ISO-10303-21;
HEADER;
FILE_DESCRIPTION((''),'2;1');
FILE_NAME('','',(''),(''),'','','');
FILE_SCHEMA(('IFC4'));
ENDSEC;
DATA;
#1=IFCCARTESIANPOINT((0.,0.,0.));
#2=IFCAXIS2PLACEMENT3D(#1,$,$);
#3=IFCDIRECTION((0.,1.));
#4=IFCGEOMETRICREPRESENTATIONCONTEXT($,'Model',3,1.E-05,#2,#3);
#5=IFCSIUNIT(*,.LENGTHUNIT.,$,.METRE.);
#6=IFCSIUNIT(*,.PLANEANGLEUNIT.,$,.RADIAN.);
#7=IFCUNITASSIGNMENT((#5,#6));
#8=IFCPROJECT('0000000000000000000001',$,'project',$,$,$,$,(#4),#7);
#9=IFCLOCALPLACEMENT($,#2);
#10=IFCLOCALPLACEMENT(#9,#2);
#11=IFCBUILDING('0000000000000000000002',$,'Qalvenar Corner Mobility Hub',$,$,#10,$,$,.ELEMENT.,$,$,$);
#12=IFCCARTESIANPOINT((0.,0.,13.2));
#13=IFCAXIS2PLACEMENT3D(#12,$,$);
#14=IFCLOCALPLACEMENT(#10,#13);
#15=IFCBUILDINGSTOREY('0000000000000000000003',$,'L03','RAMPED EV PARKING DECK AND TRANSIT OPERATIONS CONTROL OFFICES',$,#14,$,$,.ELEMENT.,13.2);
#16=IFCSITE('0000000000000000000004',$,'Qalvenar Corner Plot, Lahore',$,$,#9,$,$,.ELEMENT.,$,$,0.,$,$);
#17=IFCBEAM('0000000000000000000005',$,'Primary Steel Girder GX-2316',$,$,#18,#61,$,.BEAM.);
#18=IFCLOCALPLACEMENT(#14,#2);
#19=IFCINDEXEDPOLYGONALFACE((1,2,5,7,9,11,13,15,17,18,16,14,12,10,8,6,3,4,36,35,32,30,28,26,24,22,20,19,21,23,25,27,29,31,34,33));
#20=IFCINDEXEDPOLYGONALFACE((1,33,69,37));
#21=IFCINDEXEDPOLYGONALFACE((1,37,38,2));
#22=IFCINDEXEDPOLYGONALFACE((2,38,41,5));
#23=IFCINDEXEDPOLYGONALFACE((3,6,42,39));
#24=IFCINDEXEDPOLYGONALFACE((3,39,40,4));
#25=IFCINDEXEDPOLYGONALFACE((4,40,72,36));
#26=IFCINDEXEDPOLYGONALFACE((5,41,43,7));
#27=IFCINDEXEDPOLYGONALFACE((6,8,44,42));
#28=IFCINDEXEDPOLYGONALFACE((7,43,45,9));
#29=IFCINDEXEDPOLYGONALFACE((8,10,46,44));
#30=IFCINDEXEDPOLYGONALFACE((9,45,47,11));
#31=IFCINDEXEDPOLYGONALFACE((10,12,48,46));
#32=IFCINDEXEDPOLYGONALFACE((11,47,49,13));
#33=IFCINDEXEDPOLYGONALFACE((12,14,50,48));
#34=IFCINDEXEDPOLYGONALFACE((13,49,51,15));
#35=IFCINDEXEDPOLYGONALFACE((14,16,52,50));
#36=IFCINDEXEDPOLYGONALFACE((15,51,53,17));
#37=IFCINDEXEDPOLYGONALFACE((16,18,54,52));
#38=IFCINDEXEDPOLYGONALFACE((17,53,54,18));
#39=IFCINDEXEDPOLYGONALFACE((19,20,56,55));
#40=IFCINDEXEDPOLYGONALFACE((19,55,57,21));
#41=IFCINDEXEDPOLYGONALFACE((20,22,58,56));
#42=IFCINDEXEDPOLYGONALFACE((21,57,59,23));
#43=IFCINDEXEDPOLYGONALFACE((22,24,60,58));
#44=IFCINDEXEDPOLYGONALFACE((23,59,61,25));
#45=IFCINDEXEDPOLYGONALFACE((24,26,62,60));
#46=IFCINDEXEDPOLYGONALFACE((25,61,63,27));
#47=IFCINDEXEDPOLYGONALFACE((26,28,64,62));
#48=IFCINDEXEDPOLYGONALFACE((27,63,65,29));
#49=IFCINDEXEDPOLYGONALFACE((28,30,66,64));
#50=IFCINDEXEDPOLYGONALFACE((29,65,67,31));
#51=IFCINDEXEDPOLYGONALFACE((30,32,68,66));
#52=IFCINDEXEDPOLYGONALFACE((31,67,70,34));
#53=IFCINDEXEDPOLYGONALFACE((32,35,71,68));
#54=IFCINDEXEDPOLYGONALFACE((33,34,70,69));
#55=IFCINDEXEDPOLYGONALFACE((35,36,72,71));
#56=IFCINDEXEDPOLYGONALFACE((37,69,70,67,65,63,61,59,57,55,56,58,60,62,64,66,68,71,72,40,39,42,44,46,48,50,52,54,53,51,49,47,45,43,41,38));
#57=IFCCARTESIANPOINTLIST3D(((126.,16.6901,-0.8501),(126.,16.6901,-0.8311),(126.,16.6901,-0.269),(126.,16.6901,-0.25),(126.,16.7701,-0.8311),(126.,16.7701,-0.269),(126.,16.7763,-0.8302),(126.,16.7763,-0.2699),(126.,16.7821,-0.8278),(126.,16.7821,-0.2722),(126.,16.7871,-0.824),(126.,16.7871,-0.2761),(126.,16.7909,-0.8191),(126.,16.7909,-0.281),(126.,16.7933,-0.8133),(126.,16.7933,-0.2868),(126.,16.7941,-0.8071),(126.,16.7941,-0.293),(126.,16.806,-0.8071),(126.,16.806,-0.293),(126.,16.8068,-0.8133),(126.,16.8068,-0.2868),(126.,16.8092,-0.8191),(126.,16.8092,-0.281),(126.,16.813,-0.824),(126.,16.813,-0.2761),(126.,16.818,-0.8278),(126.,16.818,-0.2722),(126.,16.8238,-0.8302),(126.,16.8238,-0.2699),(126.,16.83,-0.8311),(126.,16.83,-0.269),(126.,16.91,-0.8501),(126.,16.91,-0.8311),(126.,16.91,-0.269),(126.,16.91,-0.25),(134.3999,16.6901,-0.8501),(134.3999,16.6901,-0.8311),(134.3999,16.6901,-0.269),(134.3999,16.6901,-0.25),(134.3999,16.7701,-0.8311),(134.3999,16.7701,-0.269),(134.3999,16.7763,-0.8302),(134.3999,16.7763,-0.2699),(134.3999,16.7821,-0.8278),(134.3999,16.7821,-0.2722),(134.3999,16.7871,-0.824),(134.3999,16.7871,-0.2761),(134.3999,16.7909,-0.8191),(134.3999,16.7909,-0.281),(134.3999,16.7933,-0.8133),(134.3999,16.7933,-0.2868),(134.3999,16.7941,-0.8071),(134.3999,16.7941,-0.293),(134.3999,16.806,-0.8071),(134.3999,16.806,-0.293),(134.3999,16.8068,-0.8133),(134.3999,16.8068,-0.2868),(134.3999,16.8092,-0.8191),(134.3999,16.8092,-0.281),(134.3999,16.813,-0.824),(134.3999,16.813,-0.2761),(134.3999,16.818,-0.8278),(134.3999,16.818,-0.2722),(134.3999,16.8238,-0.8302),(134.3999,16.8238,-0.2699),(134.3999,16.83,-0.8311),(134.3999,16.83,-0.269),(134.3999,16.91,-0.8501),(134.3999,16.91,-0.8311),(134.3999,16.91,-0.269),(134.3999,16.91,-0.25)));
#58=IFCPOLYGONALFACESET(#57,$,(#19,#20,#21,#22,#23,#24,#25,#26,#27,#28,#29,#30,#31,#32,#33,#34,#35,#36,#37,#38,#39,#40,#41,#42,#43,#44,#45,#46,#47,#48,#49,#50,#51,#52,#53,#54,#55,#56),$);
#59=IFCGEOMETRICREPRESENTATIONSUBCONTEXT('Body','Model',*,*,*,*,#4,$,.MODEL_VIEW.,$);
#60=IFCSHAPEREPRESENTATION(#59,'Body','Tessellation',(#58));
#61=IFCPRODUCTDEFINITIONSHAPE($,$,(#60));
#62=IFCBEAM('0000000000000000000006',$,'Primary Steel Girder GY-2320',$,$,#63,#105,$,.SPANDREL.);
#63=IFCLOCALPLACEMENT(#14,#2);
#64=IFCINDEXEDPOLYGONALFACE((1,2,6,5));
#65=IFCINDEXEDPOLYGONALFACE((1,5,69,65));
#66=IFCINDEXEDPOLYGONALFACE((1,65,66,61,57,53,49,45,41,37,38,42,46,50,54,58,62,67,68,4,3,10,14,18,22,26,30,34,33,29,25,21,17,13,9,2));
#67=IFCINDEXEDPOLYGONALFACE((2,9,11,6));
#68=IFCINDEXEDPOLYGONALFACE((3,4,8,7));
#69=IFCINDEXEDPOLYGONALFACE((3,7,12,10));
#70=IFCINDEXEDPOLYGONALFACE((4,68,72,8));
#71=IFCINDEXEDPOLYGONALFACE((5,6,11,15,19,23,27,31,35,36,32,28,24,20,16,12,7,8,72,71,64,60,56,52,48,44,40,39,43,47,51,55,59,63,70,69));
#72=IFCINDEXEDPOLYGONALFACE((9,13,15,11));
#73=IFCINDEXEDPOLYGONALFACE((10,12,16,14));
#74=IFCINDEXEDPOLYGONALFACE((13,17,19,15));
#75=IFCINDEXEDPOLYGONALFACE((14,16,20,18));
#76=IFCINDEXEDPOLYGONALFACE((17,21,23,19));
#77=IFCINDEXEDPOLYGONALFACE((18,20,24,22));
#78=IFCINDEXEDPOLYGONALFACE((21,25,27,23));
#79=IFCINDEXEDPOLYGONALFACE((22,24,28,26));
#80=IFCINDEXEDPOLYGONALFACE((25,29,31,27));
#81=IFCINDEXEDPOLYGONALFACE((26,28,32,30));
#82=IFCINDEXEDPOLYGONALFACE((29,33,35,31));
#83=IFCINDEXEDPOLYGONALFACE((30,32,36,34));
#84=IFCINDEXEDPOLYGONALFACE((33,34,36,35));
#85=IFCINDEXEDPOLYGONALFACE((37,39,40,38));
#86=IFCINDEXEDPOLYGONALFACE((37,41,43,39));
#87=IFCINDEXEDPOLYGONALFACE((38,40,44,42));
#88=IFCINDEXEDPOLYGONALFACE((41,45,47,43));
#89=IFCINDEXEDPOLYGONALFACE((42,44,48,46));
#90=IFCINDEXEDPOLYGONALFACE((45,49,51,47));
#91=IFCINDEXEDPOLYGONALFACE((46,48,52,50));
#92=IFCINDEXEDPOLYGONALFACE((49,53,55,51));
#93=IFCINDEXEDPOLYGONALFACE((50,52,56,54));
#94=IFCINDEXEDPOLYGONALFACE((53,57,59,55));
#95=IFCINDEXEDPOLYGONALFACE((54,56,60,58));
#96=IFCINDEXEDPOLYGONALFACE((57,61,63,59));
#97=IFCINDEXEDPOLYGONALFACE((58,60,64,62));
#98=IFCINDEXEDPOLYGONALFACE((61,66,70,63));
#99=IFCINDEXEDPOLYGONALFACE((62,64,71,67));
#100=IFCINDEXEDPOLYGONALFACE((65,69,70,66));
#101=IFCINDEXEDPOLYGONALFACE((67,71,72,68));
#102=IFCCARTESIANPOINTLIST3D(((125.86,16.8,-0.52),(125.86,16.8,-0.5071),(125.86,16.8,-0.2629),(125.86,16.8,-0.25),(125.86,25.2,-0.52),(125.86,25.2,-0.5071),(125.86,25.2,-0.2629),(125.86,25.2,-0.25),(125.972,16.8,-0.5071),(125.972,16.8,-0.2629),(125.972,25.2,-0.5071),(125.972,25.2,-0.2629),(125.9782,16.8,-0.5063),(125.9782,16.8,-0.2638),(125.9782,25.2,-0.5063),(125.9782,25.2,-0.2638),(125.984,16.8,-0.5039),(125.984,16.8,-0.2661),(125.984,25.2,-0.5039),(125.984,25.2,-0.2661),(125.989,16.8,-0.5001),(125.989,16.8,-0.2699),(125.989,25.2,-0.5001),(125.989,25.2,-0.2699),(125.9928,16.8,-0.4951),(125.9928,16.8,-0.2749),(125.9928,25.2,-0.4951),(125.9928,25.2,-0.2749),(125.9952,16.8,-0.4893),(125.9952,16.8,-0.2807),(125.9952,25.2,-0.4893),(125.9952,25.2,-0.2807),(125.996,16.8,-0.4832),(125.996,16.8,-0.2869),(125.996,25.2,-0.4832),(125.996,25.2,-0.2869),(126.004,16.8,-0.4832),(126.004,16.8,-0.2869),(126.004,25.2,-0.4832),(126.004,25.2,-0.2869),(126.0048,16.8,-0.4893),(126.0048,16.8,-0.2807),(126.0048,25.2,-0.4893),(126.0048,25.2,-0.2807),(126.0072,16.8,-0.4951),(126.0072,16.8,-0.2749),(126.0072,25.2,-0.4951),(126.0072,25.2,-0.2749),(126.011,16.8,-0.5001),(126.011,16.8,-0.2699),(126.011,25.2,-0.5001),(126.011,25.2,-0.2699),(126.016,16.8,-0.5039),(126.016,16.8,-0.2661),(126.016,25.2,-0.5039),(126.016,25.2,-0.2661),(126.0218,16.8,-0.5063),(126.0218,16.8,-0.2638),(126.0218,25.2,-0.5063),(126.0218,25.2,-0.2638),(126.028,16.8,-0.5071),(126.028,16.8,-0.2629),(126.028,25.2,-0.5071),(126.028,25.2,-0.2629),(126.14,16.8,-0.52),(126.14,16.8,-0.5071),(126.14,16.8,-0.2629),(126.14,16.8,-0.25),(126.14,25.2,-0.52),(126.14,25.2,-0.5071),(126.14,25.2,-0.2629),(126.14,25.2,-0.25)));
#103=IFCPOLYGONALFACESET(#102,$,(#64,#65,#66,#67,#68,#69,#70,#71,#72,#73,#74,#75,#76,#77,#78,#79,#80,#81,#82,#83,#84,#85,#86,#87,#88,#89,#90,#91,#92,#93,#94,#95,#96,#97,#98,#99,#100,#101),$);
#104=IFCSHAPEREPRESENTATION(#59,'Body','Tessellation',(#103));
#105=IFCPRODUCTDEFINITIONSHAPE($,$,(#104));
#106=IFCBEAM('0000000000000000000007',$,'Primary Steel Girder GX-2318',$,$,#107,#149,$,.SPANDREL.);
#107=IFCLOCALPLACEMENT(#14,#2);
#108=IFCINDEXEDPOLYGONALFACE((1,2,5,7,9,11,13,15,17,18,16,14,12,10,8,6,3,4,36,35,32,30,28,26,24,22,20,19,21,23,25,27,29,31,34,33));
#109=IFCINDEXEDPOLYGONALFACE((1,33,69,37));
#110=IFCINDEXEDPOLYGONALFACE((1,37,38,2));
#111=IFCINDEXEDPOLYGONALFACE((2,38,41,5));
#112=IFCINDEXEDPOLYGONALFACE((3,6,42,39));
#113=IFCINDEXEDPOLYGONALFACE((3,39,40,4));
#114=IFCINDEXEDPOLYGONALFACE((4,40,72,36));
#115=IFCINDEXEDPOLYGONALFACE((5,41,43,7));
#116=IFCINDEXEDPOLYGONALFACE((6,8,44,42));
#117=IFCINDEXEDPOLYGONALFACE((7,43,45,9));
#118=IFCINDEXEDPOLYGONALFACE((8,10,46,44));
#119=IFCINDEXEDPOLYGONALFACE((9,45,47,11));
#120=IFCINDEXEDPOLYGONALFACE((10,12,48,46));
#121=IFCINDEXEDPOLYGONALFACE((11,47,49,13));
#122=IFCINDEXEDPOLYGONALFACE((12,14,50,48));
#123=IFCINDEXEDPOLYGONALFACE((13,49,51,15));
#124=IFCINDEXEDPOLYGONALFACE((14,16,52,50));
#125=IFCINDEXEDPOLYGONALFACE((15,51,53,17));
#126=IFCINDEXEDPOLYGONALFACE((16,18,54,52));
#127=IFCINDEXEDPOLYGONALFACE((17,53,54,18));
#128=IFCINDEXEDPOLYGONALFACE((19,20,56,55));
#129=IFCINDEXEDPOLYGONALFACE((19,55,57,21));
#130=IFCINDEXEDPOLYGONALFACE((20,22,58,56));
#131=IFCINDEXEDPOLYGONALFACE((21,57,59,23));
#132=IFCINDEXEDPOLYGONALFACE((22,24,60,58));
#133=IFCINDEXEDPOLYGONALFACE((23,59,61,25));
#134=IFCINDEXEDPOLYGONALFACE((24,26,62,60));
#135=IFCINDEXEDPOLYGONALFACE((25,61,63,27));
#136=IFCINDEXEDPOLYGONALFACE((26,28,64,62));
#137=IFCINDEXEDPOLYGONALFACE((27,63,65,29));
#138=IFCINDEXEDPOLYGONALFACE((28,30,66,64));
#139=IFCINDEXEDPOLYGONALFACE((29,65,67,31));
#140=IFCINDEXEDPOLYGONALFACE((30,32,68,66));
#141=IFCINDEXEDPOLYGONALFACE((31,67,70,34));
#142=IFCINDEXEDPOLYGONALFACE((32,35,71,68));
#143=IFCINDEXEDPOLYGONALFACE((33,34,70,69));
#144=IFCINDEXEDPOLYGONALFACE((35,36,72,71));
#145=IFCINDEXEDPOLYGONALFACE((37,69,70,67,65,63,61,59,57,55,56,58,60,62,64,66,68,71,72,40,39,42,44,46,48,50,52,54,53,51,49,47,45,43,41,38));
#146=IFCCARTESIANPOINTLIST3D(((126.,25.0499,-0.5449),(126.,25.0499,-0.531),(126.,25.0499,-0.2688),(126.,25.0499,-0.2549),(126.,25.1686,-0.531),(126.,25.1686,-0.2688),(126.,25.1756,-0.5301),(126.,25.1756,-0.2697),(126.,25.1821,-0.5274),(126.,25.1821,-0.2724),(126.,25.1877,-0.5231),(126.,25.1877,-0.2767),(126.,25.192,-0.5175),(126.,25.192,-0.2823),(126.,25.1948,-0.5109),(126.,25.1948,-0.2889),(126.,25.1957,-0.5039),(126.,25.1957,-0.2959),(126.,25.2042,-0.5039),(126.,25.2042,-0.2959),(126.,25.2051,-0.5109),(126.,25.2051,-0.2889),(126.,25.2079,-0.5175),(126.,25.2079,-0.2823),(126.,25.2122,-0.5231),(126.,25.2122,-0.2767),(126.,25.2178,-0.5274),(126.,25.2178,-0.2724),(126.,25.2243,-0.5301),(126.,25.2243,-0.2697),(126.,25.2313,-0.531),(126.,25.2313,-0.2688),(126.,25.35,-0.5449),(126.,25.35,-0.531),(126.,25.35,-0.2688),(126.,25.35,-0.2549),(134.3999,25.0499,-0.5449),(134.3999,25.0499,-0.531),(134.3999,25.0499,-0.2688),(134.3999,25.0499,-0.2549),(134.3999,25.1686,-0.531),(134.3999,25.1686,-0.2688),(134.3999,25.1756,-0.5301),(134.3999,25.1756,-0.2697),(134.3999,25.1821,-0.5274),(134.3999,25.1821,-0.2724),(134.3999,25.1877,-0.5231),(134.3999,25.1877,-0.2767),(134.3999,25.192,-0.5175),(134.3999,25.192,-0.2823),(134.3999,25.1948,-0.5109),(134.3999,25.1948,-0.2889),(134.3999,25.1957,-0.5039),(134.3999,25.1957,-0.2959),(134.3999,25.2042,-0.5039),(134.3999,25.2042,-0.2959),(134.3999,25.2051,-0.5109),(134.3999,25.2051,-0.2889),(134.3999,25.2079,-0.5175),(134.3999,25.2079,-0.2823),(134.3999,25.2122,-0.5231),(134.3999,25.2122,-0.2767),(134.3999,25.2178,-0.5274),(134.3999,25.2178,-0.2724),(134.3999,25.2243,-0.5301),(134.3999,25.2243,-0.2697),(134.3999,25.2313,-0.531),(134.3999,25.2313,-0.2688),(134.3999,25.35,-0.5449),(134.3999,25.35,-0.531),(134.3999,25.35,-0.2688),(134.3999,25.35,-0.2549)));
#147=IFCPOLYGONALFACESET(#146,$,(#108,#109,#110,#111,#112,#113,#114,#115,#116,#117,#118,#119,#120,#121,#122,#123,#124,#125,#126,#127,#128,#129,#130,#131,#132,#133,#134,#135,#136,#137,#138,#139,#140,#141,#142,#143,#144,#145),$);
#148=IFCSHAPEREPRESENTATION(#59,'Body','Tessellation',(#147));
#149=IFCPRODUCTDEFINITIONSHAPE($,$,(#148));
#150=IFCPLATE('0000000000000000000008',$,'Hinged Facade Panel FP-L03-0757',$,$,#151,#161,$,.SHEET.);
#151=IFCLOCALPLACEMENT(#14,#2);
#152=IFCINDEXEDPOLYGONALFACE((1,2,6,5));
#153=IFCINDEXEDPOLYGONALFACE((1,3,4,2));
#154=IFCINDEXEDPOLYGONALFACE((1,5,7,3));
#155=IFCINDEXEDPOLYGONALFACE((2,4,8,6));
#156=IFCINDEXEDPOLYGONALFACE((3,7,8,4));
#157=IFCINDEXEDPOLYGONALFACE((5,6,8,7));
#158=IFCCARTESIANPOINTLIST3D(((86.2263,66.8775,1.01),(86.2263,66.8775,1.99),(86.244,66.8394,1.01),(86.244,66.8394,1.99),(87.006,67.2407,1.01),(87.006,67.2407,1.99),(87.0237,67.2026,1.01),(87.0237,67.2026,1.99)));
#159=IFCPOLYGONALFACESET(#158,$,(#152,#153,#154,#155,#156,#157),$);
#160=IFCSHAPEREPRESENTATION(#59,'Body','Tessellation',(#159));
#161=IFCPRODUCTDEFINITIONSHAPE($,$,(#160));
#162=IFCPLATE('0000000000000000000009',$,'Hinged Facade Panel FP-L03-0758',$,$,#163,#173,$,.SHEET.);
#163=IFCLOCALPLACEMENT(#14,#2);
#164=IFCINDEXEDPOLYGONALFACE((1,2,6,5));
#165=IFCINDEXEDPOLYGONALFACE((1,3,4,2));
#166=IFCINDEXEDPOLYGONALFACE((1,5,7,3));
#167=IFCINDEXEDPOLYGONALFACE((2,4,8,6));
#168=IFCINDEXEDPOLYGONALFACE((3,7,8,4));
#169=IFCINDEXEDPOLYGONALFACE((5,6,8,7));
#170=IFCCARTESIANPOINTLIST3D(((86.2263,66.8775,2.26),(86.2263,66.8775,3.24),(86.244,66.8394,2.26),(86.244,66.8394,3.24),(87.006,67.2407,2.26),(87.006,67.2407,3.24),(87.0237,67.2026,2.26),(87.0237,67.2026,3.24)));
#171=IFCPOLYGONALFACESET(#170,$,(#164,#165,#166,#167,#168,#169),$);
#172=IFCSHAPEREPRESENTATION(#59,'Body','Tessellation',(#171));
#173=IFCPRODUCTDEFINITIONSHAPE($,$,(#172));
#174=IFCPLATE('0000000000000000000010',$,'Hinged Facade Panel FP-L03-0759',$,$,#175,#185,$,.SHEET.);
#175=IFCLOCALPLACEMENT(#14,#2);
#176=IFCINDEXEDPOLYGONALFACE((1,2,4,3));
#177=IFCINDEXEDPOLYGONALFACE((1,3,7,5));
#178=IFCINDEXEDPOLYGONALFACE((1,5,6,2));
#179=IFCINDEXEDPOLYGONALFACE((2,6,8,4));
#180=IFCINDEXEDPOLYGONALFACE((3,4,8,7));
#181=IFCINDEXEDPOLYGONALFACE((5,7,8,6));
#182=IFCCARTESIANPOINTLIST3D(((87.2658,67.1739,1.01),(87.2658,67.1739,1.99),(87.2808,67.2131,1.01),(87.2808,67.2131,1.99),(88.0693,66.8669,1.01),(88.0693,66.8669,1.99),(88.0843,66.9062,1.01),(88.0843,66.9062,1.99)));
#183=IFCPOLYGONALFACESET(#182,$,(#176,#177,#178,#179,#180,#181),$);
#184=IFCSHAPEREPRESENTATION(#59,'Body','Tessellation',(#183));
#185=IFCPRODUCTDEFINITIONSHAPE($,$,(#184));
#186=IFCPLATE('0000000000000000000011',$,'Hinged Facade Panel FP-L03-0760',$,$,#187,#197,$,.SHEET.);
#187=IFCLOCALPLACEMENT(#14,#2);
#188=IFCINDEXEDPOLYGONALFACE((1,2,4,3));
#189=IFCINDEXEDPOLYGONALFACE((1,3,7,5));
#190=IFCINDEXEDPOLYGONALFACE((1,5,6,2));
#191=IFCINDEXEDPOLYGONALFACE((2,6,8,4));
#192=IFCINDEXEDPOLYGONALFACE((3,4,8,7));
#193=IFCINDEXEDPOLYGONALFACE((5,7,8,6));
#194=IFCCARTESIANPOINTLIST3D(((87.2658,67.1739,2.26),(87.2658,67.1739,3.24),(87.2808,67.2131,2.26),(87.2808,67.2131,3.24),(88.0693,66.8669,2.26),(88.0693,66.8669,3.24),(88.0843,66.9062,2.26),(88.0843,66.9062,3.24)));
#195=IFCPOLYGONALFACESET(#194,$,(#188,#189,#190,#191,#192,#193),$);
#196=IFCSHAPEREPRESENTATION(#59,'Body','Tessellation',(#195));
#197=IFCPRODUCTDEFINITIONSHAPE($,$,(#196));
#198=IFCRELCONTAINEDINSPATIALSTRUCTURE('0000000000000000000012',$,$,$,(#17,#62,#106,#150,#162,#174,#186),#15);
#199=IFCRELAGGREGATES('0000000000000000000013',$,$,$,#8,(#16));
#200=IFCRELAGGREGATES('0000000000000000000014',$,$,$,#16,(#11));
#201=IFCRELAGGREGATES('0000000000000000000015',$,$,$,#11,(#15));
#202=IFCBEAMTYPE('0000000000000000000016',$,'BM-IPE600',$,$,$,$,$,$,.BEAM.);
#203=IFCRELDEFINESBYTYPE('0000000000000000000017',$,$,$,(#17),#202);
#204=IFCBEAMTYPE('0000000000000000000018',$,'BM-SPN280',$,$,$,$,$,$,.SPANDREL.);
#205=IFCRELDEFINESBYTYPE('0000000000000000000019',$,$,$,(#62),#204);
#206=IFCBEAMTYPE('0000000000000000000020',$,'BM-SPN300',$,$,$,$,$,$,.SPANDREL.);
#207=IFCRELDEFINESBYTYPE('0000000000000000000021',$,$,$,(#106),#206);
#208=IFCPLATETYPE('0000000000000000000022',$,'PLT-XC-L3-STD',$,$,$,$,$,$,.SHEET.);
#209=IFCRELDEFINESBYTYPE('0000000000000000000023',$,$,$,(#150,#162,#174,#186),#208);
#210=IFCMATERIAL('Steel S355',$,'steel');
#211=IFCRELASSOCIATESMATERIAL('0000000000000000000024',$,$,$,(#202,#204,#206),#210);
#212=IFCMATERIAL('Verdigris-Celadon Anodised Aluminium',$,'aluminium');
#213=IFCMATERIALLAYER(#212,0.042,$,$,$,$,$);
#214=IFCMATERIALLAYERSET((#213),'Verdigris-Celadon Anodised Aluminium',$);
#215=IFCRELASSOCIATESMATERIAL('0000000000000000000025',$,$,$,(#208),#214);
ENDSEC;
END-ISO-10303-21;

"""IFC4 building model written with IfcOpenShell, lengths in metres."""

from ifc_helpers import new_model, si_unit, direction, frame, origin, origin_2d, place, context, subcontext, project, spatial, rectangle, i_section, extrude, material, layer, layer_set, material_profile, profile_set, type_object, element, save


model = new_model("IFC4")

# Units and contexts
model_context = context("Model", 3, precision=1e-05, world=origin(), true_north=direction((0.0, 1.0)))
body_context = subcontext(model_context, "Body", "Model", "MODEL_VIEW")
ifc_project = project(units=[si_unit("LENGTHUNIT", "METRE"), si_unit("PLANEANGLEUNIT", "RADIAN")], contexts=[model_context])

# Site, building, storey
site_placement = place(None, origin())
site = spatial("IfcSite", under=ifc_project, at=site_placement, Name="Qalvenar Corner Plot, Lahore", CompositionType="ELEMENT", RefElevation=0.0)
building_placement = place(site_placement, origin())
building = spatial("IfcBuilding", under=site, at=building_placement, Name="Qalvenar Corner Mobility Hub", CompositionType="ELEMENT")
storey_placement = place(building_placement, frame((0.0, 0.0, 13.2)))
storey = spatial("IfcBuildingStorey", under=building, at=storey_placement, Name="L03", Description="RAMPED EV PARKING DECK AND TRANSIT OPERATIONS CONTROL OFFICES", CompositionType="ELEMENT", Elevation=13.2)

# Beams
ifc_material_1 = material(Name="Steel S355", Category="steel")
ifc_material_profile_1 = material_profile(ifc_material_1, i_section(OverallWidth=0.22, OverallDepth=0.6001, WebThickness=0.012, FlangeThickness=0.019, FilletRadius=0.0239, at=origin_2d()), Name="IPE600")
ifc_profile_set_1 = profile_set([ifc_material_profile_1], Name="Steel S355")
beam_type_1 = type_object("IfcBeamType", Name="BM-IPE600", PredefinedType="BEAM", material=ifc_profile_set_1)
beam_1_placement = place(storey_placement, frame((126.0, 16.8, -0.55), z_axis=(1.0, 0.0, 0.0), x_axis=(0.0, 1.0, 0.0)))
element("IfcBeam", 1, at=beam_1_placement, inside=storey, type_object=beam_type_1, Name="Primary Steel Girder GX-2316", PredefinedType="BEAM", context=body_context, shape_type="SweptSolid", body=[
    extrude(i_section(OverallWidth=0.22, OverallDepth=0.6001, WebThickness=0.012, FlangeThickness=0.019, FilletRadius=0.0239, at=origin_2d()), origin(), (0.0, 0.0, 1.0), 8.3999),
])
ifc_material_profile_2 = material_profile(ifc_material_1, i_section(OverallWidth=0.28, OverallDepth=0.27, WebThickness=0.0081, FlangeThickness=0.0129, FilletRadius=0.0239, at=origin_2d()), Name="HEA280")
ifc_profile_set_2 = profile_set([ifc_material_profile_2], Name="Steel S355")
beam_type_2 = type_object("IfcBeamType", Name="BM-SPN280", PredefinedType="SPANDREL", material=ifc_profile_set_2)
beam_2_placement = place(storey_placement, frame((126.0, 16.8, -0.385), z_axis=(0.0, 1.0, 0.0), x_axis=(-1.0, 0.0, 0.0)))
element("IfcBeam", 2, at=beam_2_placement, inside=storey, type_object=beam_type_2, Name="Primary Steel Girder GY-2320", PredefinedType="SPANDREL", context=body_context, shape_type="SweptSolid", body=[
    extrude(i_section(OverallWidth=0.28, OverallDepth=0.27, WebThickness=0.0081, FlangeThickness=0.0129, FilletRadius=0.0239, at=origin_2d()), origin(), (0.0, 0.0, 1.0), 8.3999),
])
ifc_material_profile_3 = material_profile(ifc_material_1, i_section(OverallWidth=0.3, OverallDepth=0.29, WebThickness=0.0085, FlangeThickness=0.0139, FilletRadius=0.0271, at=origin_2d()), Name="HEA300")
ifc_profile_set_3 = profile_set([ifc_material_profile_3], Name="Steel S355")
beam_type_3 = type_object("IfcBeamType", Name="BM-SPN300", PredefinedType="SPANDREL", material=ifc_profile_set_3)
beam_3_placement = place(storey_placement, frame((126.0, 25.2, -0.3999), z_axis=(1.0, 0.0, 0.0), x_axis=(0.0, 1.0, 0.0)))
element("IfcBeam", 3, at=beam_3_placement, inside=storey, type_object=beam_type_3, Name="Primary Steel Girder GX-2318", PredefinedType="SPANDREL", context=body_context, shape_type="SweptSolid", body=[
    extrude(i_section(OverallWidth=0.3, OverallDepth=0.29, WebThickness=0.0085, FlangeThickness=0.0139, FilletRadius=0.0271, at=origin_2d()), origin(), (0.0, 0.0, 1.0), 8.3999),
])

# Plates
ifc_material_2 = material(Name="Verdigris-Celadon Anodised Aluminium", Category="aluminium")
ifc_layer_1 = layer(ifc_material_2, 0.042)
ifc_layer_set_1 = layer_set([ifc_layer_1], Name="Verdigris-Celadon Anodised Aluminium")
plate_type = type_object("IfcPlateType", Name="PLT-XC-L3-STD", PredefinedType="SHEET", material=ifc_layer_set_1)
for number, where, z_axis, x_axis, name in (
    (4, (86.625, 67.04, 1.01), (0.0, 0.0, 1.0), (0.906455, 0.422302, 0.0), "Hinged Facade Panel FP-L03-0757"),
    (5, (86.625, 67.04, 2.26), (0.0, 0.0, 1.0), (0.906455, 0.422302, 0.0), "Hinged Facade Panel FP-L03-0758"),
    (6, (87.675, 67.04, 1.01), (0.0, 0.0, 1.0), (0.934142, -0.356901, 0.0), "Hinged Facade Panel FP-L03-0759"),
    (7, (87.675, 67.04, 2.26), (0.0, 0.0, 1.0), (0.934142, -0.356901, 0.0), "Hinged Facade Panel FP-L03-0760"),
):
    element("IfcPlate", number, at=place(storey_placement, frame(where, z_axis=z_axis, x_axis=x_axis)), inside=storey, type_object=plate_type, Name=name, PredefinedType="SHEET", context=body_context, shape_type="SweptSolid", body=[
        extrude(rectangle(XDim=0.8601, YDim=0.042, at=origin_2d()), origin(), (0.0, 0.0, 1.0), 0.98),
    ])

save(model, "model.ifc")
